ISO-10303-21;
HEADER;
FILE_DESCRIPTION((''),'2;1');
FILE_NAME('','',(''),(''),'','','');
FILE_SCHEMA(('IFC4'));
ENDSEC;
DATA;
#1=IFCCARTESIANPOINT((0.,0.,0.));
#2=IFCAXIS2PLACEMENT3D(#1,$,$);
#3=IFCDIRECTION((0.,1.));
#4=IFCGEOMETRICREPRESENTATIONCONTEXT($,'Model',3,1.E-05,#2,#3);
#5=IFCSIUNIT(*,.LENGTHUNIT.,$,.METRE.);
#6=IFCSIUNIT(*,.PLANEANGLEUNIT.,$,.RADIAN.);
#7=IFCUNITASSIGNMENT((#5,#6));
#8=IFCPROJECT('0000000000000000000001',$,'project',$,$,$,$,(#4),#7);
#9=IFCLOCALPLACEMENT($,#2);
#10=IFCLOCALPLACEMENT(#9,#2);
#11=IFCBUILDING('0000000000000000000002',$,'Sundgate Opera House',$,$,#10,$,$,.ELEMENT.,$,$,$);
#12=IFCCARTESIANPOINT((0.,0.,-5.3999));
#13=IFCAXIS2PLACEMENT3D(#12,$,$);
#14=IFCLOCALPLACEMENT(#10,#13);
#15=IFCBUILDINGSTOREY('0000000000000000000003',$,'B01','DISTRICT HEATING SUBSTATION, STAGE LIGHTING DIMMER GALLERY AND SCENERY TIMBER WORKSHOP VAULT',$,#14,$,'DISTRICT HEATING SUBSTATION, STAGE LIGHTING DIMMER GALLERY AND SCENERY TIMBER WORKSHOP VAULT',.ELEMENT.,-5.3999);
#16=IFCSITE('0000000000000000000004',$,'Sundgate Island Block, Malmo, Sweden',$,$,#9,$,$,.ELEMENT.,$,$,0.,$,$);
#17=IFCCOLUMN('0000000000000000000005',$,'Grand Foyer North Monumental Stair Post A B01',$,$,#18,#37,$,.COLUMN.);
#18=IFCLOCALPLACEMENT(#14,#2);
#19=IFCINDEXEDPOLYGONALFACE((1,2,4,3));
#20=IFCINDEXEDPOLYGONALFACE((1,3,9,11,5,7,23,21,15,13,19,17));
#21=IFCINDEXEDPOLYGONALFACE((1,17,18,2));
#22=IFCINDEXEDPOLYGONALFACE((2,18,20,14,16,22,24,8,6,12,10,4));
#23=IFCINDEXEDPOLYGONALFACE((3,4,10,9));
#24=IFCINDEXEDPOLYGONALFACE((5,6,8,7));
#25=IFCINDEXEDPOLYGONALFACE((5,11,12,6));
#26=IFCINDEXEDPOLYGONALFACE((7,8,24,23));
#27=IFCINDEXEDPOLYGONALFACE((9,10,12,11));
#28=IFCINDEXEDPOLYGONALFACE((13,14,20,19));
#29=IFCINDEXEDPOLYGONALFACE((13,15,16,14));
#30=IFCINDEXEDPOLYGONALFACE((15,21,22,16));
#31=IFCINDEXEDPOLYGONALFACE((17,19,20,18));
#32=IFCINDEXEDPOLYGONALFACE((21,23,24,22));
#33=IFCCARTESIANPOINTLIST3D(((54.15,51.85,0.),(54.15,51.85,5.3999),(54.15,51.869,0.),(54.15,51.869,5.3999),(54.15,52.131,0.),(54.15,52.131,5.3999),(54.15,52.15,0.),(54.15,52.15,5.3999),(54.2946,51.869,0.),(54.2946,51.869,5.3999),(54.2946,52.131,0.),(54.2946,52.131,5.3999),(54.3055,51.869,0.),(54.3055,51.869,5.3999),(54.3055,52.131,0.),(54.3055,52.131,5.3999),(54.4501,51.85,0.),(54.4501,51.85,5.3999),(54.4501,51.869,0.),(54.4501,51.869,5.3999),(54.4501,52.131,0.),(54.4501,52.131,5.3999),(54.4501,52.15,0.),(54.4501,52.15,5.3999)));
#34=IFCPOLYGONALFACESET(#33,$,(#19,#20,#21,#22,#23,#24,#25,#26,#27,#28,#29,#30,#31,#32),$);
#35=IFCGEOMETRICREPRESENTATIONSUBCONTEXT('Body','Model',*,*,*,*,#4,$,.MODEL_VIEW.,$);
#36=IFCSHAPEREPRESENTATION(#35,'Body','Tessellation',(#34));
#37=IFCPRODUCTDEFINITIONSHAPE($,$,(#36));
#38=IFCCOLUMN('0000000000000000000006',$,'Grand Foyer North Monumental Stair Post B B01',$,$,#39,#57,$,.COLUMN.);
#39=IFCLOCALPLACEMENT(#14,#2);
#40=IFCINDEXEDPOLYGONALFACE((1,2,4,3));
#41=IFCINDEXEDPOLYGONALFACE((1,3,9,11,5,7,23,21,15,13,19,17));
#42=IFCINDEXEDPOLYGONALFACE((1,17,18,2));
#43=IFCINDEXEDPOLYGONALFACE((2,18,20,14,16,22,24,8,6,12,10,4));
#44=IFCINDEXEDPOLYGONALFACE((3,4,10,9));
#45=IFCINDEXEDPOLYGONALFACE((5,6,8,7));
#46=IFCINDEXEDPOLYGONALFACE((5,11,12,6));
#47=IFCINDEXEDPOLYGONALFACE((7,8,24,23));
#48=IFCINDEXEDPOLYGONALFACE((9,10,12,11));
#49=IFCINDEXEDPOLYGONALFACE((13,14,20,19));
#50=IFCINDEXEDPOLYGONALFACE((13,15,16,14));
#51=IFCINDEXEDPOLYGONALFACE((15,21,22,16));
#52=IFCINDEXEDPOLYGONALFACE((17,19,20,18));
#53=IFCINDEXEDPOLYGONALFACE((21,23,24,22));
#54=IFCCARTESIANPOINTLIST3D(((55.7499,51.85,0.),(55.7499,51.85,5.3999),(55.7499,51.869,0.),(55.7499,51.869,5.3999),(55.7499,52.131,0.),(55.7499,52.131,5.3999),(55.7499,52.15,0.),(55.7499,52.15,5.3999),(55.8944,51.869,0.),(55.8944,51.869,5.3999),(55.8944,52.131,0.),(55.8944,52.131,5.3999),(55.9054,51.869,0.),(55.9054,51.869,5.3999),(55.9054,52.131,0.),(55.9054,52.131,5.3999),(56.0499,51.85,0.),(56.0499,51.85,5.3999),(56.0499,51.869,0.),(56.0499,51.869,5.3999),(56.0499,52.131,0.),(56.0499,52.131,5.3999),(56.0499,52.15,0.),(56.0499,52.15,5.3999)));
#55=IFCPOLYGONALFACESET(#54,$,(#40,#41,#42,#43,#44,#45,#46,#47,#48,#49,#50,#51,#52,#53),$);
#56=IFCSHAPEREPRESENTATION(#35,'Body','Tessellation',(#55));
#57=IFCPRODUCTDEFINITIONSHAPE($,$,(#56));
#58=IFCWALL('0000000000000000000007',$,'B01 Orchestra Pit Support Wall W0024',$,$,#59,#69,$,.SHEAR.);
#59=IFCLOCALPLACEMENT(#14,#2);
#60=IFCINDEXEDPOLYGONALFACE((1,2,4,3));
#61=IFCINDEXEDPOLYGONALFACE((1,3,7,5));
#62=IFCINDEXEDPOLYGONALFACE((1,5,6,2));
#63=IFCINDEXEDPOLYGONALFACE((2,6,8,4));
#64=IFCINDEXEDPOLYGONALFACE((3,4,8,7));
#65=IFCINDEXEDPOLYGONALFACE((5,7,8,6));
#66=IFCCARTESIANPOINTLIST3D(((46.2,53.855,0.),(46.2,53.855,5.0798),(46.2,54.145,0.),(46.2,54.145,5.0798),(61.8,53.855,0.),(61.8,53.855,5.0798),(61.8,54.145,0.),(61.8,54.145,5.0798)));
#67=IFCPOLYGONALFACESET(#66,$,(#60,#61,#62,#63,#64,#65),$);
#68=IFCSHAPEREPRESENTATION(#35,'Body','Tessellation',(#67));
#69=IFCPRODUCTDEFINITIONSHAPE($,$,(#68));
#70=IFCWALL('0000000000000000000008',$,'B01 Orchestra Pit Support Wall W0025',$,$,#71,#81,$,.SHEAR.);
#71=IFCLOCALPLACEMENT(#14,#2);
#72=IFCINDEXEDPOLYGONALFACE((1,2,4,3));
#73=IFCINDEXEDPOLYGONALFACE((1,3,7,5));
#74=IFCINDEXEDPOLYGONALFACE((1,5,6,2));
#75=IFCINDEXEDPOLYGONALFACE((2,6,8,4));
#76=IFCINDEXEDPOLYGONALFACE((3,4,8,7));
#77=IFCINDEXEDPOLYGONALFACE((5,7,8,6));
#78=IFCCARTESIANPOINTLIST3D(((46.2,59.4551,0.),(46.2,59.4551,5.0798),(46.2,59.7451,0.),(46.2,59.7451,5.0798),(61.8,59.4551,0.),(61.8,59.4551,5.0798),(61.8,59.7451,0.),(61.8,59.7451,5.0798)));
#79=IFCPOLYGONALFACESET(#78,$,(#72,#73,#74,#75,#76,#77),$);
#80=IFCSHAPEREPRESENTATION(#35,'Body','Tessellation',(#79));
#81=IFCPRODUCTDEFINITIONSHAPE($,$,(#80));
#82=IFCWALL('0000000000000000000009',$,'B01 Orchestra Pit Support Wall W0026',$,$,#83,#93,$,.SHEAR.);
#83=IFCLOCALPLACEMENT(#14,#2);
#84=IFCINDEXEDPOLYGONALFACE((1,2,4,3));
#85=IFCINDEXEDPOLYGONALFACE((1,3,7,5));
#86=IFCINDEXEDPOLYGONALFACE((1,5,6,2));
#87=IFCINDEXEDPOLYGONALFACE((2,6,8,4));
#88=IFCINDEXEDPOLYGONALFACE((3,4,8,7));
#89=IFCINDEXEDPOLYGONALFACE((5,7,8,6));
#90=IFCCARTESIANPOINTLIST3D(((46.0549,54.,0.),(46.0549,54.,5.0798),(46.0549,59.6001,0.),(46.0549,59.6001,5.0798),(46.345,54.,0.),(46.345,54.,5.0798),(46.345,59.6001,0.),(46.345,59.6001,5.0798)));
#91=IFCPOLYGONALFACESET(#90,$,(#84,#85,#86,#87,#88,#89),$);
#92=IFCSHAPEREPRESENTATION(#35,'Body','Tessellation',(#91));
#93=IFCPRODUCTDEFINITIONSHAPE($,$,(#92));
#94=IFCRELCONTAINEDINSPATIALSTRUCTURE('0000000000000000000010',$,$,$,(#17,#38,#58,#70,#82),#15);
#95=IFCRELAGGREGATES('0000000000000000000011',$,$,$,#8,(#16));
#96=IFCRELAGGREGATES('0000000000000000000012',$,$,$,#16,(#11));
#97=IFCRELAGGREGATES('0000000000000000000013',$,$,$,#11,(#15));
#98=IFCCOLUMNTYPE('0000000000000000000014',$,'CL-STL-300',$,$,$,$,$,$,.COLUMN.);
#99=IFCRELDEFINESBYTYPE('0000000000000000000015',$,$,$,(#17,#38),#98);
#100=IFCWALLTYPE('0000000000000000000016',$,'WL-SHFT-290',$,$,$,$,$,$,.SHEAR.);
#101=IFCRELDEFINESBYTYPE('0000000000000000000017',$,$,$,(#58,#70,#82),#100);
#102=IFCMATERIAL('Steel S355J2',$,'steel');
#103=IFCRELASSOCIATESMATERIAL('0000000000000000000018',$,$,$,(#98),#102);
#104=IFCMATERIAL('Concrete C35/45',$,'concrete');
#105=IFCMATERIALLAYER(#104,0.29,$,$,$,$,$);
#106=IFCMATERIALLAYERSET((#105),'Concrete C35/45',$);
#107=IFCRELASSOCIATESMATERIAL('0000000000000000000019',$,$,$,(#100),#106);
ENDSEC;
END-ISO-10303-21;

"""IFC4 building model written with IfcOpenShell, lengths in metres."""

from ifc_helpers import new_model, si_unit, direction, frame, frame_2d, origin, origin_2d, place, context, subcontext, project, spatial, rectangle, i_section, extrude, material, layer, layer_set, material_profile, profile_set, type_object, element, save


model = new_model("IFC4")

# Units and contexts
model_context = context("Model", 3, precision=1e-05, world=origin(), true_north=direction((0.0, 1.0)))
body_context = subcontext(model_context, "Body", "Model", "MODEL_VIEW")
ifc_project = project(units=[si_unit("LENGTHUNIT", "METRE"), si_unit("PLANEANGLEUNIT", "RADIAN")], contexts=[model_context])

# Site, building, storey
site_placement = place(None, origin())
site = spatial("IfcSite", under=ifc_project, at=site_placement, Name="Sundgate Island Block, Malmo, Sweden", CompositionType="ELEMENT", RefElevation=0.0)
building_placement = place(site_placement, origin())
building = spatial("IfcBuilding", under=site, at=building_placement, Name="Sundgate Opera House", CompositionType="ELEMENT")
storey_placement = place(building_placement, frame((0.0, 0.0, -5.3999)))
storey = spatial("IfcBuildingStorey", under=building, at=storey_placement, Name="B01", Description="DISTRICT HEATING SUBSTATION, STAGE LIGHTING DIMMER GALLERY AND SCENERY TIMBER WORKSHOP VAULT", LongName="DISTRICT HEATING SUBSTATION, STAGE LIGHTING DIMMER GALLERY AND SCENERY TIMBER WORKSHOP VAULT", CompositionType="ELEMENT", Elevation=-5.3999)

# Columns
ifc_material_1 = material(Name="Steel S355J2", Category="steel")
ifc_material_profile_1 = material_profile(ifc_material_1, i_section(OverallWidth=0.3, OverallDepth=0.3, WebThickness=0.011, FlangeThickness=0.019, at=origin_2d()), Name="HEB 300")
ifc_profile_set_1 = profile_set([ifc_material_profile_1], Name="Steel S355J2")
column_type_1 = type_object("IfcColumnType", Name="CL-STL-300", PredefinedType="COLUMN", material=ifc_profile_set_1)
for number, where, z_axis, x_axis, name in (
    (1, (54.3, 52.0, 0.0), (0.0, 0.0, 1.0), (1.0, 0.0, 0.0), "Grand Foyer North Monumental Stair Post A B01"),
    (2, (55.8999, 52.0, 0.0), (0.0, 0.0, 1.0), (1.0, 0.0, 0.0), "Grand Foyer North Monumental Stair Post B B01"),
):
    element("IfcColumn", number, at=place(storey_placement, frame(where, z_axis=z_axis, x_axis=x_axis)), inside=storey, type_object=column_type_1, Name=name, PredefinedType="COLUMN", context=body_context, shape_type="SweptSolid", body=[
        extrude(i_section(OverallWidth=0.3, OverallDepth=0.3, WebThickness=0.011, FlangeThickness=0.019, at=origin_2d()), origin(), (0.0, 0.0, 1.0), 5.3999),
    ])

# Walls
ifc_material_2 = material(Name="Concrete C35/45", Category="concrete")
ifc_layer = layer(ifc_material_2, 0.29)
ifc_layer_set = layer_set([ifc_layer], Name="Concrete C35/45")
wall_type = type_object("IfcWallType", Name="WL-SHFT-290", PredefinedType="SHEAR", material=ifc_layer_set)
for number, where, z_axis, x_axis, name in (
    (3, (46.2, 54.0, 0.0), (0.0, 0.0, 1.0), (1.0, 0.0, 0.0), "B01 Orchestra Pit Support Wall W0024"),
    (4, (46.2, 59.6001, 0.0), (0.0, 0.0, 1.0), (1.0, 0.0, 0.0), "B01 Orchestra Pit Support Wall W0025"),
):
    element("IfcWall", number, at=place(storey_placement, frame(where, z_axis=z_axis, x_axis=x_axis)), inside=storey, type_object=wall_type, Name=name, PredefinedType="SHEAR", context=body_context, shape_type="SweptSolid", body=[
        extrude(rectangle(XDim=15.6001, YDim=0.29, at=frame_2d((7.8, 0.0))), origin(), (0.0, 0.0, 1.0), 5.0798),
    ])
wall_placement = place(storey_placement, frame((46.2, 54.0, 0.0), z_axis=(0.0, 0.0, 1.0), x_axis=(0.0, 1.0, 0.0)))
element("IfcWall", 5, at=wall_placement, inside=storey, type_object=wall_type, Name="B01 Orchestra Pit Support Wall W0026", PredefinedType="SHEAR", context=body_context, shape_type="SweptSolid", body=[
    extrude(rectangle(XDim=5.6001, YDim=0.29, at=frame_2d((2.8, 0.0))), origin(), (0.0, 0.0, 1.0), 5.0798),
])

save(model, "model.ifc")
